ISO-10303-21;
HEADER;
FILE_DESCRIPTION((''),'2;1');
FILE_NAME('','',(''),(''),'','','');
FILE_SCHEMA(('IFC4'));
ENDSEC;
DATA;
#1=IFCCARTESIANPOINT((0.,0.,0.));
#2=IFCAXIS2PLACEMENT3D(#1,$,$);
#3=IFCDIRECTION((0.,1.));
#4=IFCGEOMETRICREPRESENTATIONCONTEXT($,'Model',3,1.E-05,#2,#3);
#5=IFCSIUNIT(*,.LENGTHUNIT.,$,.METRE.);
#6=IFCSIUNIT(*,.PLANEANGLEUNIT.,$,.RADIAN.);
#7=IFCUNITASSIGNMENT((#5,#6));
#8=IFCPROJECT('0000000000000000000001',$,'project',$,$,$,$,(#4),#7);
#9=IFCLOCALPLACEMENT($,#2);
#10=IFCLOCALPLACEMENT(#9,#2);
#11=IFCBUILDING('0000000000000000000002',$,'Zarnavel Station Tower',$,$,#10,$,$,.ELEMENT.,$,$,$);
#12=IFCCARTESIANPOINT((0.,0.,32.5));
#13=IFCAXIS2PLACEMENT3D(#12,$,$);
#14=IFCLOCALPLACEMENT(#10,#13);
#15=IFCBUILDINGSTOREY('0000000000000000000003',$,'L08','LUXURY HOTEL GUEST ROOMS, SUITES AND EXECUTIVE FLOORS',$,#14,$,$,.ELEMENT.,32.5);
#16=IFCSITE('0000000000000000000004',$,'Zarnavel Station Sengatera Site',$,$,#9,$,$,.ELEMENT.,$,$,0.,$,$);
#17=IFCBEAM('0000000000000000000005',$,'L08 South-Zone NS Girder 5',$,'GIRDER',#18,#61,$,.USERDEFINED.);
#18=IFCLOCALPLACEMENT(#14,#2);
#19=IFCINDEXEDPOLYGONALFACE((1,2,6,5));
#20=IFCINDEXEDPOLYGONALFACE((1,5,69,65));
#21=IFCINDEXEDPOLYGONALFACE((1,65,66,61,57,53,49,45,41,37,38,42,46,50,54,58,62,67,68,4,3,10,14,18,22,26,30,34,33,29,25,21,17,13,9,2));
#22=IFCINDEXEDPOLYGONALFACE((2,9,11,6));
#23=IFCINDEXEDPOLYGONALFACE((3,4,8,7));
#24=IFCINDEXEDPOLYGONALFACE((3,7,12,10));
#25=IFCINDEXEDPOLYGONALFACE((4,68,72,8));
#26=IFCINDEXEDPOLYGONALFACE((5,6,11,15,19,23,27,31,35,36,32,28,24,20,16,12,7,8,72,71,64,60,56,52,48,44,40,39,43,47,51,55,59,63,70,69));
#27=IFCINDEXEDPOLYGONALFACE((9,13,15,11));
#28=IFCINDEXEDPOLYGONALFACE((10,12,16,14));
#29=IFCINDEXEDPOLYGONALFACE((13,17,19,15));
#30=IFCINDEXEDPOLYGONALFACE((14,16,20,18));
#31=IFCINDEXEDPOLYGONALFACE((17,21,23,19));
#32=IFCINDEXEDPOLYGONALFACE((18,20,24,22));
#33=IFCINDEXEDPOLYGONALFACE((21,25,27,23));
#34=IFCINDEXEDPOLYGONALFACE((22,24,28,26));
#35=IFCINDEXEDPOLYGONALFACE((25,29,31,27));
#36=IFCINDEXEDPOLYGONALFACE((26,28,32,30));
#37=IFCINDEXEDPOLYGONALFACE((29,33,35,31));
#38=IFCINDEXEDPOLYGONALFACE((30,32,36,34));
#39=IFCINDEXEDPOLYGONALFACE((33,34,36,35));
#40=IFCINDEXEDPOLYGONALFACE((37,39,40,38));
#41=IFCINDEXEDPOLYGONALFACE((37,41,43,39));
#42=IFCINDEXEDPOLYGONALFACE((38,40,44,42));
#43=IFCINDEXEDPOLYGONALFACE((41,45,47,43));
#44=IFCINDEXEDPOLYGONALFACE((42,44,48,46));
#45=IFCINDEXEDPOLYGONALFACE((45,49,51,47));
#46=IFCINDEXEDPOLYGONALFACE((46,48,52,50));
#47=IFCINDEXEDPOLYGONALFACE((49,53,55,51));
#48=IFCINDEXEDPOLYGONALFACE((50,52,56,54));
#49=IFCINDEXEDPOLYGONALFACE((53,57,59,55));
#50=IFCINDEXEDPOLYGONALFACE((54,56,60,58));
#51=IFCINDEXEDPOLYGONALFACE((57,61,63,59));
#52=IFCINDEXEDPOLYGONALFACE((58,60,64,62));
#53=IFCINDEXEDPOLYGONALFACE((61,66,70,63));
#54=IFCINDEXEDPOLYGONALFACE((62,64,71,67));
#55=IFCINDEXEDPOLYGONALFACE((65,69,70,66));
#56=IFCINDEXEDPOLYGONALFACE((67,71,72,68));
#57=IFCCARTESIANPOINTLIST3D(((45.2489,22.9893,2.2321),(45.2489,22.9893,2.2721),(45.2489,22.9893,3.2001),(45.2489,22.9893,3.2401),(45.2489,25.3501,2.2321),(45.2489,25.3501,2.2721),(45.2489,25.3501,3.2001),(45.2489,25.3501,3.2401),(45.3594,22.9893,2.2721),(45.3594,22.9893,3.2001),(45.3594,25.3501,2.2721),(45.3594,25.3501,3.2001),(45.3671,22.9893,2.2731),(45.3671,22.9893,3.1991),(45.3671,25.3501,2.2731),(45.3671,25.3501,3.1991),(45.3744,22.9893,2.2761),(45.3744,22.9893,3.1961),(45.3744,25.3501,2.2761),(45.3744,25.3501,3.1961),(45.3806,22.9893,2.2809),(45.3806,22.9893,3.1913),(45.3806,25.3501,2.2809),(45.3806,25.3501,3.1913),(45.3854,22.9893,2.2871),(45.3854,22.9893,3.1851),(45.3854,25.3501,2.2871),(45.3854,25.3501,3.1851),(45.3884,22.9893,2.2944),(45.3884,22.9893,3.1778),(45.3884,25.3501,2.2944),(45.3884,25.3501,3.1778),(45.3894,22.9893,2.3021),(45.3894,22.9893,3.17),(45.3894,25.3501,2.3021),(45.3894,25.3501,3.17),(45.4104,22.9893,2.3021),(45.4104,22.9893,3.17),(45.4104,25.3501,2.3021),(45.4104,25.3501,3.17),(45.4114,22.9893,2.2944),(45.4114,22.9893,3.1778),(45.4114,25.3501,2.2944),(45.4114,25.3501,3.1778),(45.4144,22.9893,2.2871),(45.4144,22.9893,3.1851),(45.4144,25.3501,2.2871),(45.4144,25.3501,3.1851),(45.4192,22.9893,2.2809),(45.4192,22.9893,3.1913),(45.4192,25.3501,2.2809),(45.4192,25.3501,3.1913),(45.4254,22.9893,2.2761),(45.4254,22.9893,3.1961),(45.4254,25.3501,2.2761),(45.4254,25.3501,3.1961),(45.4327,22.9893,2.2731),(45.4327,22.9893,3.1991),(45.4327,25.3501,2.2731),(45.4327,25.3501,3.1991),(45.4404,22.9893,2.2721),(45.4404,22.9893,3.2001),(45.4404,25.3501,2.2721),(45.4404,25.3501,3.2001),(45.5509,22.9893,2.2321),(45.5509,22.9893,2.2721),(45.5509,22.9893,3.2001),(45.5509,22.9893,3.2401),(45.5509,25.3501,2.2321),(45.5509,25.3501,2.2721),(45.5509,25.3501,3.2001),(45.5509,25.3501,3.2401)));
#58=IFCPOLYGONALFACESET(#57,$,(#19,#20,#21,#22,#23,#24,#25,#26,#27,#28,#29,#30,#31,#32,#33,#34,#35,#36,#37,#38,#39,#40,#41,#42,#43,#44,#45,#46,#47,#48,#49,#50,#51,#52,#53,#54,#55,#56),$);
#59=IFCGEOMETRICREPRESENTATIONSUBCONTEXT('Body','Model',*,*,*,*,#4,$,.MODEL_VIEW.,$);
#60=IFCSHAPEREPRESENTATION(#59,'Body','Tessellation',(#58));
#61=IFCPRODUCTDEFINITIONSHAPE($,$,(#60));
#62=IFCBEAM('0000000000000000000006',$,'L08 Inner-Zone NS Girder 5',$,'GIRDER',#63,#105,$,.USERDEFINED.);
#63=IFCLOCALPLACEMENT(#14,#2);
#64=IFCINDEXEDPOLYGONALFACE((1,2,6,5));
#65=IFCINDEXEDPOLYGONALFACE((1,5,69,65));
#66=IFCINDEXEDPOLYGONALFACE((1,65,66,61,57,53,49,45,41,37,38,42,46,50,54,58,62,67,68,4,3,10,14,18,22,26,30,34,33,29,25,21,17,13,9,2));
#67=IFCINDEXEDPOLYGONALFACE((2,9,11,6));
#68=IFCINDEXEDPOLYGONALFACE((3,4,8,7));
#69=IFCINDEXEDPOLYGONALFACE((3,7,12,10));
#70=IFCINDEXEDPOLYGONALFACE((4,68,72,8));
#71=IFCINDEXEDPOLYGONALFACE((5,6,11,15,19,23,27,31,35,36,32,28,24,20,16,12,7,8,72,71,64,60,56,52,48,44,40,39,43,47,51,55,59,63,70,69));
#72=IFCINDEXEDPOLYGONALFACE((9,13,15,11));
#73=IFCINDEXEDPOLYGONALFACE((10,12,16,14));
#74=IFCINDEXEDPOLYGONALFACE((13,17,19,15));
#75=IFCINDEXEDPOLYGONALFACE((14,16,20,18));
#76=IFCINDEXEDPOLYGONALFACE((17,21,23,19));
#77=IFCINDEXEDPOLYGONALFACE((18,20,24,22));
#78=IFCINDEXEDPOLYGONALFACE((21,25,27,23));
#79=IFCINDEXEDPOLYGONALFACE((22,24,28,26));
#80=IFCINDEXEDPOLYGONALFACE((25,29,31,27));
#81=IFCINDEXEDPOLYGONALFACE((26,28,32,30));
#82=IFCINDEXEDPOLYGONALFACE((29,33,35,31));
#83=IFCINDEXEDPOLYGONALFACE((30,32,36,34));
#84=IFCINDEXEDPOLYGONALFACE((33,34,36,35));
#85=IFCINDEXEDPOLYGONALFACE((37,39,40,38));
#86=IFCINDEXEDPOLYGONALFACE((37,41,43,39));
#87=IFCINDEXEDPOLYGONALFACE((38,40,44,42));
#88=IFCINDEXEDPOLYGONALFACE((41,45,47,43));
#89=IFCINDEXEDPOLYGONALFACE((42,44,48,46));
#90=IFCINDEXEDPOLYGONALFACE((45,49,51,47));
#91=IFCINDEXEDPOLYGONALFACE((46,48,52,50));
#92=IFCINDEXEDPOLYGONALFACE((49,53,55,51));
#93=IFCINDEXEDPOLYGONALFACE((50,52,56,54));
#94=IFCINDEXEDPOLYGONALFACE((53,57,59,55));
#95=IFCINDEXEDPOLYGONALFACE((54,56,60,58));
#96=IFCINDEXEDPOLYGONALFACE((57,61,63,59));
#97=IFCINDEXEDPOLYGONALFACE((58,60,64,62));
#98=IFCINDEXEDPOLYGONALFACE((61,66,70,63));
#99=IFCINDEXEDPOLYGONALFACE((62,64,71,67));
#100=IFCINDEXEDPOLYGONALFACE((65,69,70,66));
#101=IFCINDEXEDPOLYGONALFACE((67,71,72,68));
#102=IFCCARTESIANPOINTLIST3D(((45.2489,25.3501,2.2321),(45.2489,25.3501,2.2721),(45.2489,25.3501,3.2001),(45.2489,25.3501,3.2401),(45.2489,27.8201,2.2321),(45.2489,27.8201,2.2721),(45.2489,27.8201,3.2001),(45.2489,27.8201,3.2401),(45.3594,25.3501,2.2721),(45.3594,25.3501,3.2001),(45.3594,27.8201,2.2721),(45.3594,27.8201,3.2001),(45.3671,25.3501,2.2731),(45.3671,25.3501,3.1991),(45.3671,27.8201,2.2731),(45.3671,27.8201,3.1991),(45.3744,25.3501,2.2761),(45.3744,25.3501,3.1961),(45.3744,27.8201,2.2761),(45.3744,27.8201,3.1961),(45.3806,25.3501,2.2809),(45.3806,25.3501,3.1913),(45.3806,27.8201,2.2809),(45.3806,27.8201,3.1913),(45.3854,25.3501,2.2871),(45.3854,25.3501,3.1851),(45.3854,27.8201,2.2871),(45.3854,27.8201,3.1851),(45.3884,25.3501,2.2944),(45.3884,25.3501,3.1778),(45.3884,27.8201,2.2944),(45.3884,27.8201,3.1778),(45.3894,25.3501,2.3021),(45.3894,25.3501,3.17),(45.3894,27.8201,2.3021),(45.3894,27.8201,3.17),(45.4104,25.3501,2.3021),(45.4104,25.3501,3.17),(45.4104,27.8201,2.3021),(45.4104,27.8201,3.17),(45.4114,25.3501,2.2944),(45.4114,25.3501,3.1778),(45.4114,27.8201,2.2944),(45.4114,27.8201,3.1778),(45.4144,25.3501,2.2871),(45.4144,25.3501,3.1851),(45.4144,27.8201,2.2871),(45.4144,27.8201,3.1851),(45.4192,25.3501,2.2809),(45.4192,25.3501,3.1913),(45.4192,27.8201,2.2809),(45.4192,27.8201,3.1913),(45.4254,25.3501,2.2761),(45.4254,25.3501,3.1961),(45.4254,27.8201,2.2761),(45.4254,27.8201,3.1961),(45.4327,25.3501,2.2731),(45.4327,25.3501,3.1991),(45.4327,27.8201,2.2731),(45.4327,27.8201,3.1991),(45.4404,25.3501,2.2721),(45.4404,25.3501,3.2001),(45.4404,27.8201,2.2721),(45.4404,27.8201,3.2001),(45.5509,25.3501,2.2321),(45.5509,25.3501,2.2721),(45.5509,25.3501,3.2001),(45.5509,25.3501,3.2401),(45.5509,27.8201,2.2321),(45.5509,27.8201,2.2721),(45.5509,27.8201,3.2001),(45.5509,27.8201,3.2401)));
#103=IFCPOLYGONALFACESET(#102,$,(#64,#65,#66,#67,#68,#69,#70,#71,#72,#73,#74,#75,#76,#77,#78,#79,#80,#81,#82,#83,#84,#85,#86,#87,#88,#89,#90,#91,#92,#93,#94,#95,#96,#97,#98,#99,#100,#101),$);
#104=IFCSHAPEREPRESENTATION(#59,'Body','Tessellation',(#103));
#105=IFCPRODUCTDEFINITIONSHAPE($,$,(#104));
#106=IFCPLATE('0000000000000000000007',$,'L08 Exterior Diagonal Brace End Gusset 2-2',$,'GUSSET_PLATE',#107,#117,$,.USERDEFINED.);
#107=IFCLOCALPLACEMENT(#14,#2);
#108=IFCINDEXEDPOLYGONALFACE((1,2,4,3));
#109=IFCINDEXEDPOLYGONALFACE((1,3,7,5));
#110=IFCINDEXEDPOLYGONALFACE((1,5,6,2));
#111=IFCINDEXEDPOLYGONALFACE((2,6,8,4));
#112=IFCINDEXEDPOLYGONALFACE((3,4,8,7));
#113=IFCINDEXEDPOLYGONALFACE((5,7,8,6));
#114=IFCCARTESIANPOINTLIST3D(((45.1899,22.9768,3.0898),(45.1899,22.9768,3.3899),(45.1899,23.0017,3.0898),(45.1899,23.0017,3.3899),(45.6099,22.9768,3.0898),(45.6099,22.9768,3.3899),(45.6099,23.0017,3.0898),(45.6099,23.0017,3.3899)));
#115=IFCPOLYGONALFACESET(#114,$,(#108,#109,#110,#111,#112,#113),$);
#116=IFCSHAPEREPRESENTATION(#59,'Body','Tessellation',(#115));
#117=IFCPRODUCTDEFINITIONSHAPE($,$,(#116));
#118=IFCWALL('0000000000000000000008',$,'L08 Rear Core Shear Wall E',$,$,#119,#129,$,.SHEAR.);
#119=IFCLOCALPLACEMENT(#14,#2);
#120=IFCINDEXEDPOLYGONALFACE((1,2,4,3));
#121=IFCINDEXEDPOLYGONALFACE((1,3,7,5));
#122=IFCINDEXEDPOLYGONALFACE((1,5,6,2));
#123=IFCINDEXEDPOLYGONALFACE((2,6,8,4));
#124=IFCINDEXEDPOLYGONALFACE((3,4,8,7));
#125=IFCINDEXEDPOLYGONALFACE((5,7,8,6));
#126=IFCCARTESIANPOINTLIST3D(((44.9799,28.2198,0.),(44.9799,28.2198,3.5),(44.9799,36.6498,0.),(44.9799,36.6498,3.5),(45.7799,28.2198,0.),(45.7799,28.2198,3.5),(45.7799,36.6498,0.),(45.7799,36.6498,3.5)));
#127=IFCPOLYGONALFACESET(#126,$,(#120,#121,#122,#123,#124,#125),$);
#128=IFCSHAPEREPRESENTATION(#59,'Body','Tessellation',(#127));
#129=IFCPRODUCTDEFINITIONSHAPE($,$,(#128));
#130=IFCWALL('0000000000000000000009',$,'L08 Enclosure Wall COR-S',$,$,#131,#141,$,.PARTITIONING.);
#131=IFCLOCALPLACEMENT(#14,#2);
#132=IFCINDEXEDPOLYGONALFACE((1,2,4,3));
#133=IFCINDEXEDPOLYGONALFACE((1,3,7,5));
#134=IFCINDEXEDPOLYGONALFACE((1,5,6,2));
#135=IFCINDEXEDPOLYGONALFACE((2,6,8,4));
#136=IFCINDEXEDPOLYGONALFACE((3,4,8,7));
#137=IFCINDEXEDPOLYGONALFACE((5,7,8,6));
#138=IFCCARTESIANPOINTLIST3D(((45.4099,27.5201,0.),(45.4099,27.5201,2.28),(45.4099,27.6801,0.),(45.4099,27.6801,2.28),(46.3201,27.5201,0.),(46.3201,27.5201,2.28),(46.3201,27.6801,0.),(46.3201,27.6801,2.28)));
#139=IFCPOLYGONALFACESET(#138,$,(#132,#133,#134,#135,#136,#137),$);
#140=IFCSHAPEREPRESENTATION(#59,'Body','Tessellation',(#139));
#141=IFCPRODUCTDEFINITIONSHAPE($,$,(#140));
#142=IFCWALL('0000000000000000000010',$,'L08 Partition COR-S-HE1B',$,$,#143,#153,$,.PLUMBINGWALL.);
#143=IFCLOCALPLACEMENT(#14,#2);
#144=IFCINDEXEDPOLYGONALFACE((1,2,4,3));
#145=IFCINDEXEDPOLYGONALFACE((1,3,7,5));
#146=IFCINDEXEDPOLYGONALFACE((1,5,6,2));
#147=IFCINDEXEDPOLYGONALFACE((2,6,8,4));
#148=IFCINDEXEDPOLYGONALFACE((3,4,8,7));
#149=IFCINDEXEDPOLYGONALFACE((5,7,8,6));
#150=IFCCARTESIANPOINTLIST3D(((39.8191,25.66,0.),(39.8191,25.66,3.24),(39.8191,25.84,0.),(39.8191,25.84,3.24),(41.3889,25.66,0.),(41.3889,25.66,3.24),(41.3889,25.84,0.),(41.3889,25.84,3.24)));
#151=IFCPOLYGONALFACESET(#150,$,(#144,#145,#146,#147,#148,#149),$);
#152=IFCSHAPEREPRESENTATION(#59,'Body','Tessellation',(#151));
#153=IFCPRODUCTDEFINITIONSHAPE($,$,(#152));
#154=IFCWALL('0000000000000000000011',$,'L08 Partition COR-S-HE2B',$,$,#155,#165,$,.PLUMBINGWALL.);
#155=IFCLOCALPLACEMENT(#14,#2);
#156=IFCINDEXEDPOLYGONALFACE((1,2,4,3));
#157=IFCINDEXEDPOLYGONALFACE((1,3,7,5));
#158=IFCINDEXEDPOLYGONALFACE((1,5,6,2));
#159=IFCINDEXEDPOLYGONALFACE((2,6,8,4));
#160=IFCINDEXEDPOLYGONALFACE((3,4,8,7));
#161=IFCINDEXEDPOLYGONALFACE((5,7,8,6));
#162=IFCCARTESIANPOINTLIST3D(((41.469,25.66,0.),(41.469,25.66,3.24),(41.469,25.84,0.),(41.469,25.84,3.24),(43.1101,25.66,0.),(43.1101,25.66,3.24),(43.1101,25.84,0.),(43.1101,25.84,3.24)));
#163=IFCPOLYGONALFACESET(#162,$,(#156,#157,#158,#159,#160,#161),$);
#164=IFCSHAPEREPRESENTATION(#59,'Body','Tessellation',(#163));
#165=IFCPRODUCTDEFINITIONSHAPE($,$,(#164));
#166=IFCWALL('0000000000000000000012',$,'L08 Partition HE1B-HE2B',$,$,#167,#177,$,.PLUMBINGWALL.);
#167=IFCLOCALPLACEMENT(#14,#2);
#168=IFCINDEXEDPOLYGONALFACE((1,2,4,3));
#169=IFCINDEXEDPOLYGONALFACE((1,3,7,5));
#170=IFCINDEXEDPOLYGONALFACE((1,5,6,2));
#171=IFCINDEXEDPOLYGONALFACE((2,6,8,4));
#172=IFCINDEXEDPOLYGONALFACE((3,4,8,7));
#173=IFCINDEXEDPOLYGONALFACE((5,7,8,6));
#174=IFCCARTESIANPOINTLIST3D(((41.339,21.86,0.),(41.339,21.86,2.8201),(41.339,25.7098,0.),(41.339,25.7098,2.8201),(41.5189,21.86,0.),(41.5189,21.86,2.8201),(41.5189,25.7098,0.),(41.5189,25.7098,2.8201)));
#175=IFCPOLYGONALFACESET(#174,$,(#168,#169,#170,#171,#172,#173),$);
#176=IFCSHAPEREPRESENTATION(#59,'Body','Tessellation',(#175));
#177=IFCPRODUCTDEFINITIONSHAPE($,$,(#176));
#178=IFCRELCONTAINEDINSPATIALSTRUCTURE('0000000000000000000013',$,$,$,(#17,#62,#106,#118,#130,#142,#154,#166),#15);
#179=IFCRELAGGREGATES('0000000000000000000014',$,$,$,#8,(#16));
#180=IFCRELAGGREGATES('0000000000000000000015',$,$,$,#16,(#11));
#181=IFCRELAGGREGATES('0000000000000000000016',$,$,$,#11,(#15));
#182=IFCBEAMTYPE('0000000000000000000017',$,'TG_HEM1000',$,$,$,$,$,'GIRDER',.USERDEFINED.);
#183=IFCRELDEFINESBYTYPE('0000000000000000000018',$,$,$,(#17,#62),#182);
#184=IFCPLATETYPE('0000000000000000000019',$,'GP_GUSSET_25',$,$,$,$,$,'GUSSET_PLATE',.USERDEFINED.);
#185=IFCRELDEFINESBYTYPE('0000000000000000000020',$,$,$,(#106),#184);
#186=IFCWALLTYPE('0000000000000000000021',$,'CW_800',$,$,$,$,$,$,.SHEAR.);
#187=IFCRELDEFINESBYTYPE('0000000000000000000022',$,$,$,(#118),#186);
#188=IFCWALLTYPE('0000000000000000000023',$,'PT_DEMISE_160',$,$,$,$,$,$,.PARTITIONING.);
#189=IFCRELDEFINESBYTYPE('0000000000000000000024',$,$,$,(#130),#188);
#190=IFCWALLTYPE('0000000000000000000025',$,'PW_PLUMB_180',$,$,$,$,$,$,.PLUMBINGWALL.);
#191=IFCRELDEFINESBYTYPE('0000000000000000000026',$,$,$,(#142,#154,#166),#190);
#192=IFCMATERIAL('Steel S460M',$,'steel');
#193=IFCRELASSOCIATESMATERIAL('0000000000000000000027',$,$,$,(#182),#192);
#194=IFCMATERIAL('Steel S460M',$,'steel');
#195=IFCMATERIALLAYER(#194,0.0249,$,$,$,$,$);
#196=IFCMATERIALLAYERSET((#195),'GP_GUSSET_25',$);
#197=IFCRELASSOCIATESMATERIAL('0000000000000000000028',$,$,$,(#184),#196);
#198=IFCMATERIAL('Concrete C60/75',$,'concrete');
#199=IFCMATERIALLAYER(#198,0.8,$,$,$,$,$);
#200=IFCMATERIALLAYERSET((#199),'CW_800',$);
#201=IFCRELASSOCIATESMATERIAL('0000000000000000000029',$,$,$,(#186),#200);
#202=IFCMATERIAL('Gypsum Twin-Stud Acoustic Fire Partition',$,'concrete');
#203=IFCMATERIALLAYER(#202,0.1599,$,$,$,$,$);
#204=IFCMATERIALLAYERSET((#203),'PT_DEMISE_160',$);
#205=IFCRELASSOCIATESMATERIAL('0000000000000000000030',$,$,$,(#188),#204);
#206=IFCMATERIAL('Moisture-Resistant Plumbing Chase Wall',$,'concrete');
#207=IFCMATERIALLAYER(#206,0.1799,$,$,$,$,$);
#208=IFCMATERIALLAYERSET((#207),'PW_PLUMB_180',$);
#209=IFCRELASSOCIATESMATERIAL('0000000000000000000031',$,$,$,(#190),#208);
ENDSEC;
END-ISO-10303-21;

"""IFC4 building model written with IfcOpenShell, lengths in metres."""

from ifc_helpers import new_model, si_unit, direction, frame, frame_2d, origin, origin_2d, place, context, subcontext, project, spatial, rectangle, i_section, extrude, material, layer, layer_set, material_profile, profile_set, type_object, element, save


model = new_model("IFC4")

# Units and contexts
model_context = context("Model", 3, precision=1e-05, world=origin(), true_north=direction((0.0, 1.0)))
body_context = subcontext(model_context, "Body", "Model", "MODEL_VIEW")
ifc_project = project(units=[si_unit("LENGTHUNIT", "METRE"), si_unit("PLANEANGLEUNIT", "RADIAN")], contexts=[model_context])

# Site, building, storey
site_placement = place(None, origin())
site = spatial("IfcSite", under=ifc_project, at=site_placement, Name="Zarnavel Station Sengatera Site", CompositionType="ELEMENT", RefElevation=0.0)
building_placement = place(site_placement, origin())
building = spatial("IfcBuilding", under=site, at=building_placement, Name="Zarnavel Station Tower", CompositionType="ELEMENT")
storey_placement = place(building_placement, frame((0.0, 0.0, 32.5)))
storey = spatial("IfcBuildingStorey", under=building, at=storey_placement, Name="L08", Description="LUXURY HOTEL GUEST ROOMS, SUITES AND EXECUTIVE FLOORS", CompositionType="ELEMENT", Elevation=32.5)

# Beams
ifc_material_1 = material(Name="Steel S460M", Category="steel")
ifc_material_profile_1 = material_profile(ifc_material_1, i_section(OverallWidth=0.302, OverallDepth=1.0081, WebThickness=0.021, FlangeThickness=0.04, FilletRadius=0.03, at=origin_2d()), Name="HEM1000")
ifc_profile_set_1 = profile_set([ifc_material_profile_1], Name="Steel S460M")
beam_type_1 = type_object("IfcBeamType", Name="TG_HEM1000", ElementType="GIRDER", PredefinedType="USERDEFINED", material=ifc_profile_set_1)
beam_1_placement = place(storey_placement, frame((45.3999, 22.9893, 2.7361), z_axis=(0.0, 1.0, 0.0), x_axis=(-1.0, 0.0, 0.0)))
element("IfcBeam", 1, at=beam_1_placement, inside=storey, type_object=beam_type_1, Name="L08 South-Zone NS Girder 5", ObjectType="GIRDER", PredefinedType="USERDEFINED", context=body_context, shape_type="SweptSolid", body=[
    extrude(i_section(OverallWidth=0.302, OverallDepth=1.0081, WebThickness=0.021, FlangeThickness=0.04, FilletRadius=0.03, at=origin_2d()), origin(), (0.0, 0.0, 1.0), 2.3608),
])
beam_2_placement = place(storey_placement, frame((45.3999, 25.3501, 2.7361), z_axis=(0.0, 1.0, 0.0), x_axis=(-1.0, 0.0, 0.0)))
element("IfcBeam", 2, at=beam_2_placement, inside=storey, type_object=beam_type_1, Name="L08 Inner-Zone NS Girder 5", ObjectType="GIRDER", PredefinedType="USERDEFINED", context=body_context, shape_type="SweptSolid", body=[
    extrude(i_section(OverallWidth=0.302, OverallDepth=1.0081, WebThickness=0.021, FlangeThickness=0.04, FilletRadius=0.03, at=origin_2d()), origin(), (0.0, 0.0, 1.0), 2.47),
])

# Plate
ifc_material_2 = material(Name="Steel S460M", Category="steel")
ifc_layer_1 = layer(ifc_material_2, 0.0249)
ifc_layer_set_1 = layer_set([ifc_layer_1], Name="GP_GUSSET_25")
plate_type = type_object("IfcPlateType", Name="GP_GUSSET_25", ElementType="GUSSET_PLATE", PredefinedType="USERDEFINED", material=ifc_layer_set_1)
plate_placement = place(storey_placement, frame((45.3999, 22.9893, 3.0898), z_axis=(0.0, 0.0, 1.0), x_axis=(1.0, 0.0, 0.0)))
element("IfcPlate", 3, at=plate_placement, inside=storey, type_object=plate_type, Name="L08 Exterior Diagonal Brace End Gusset 2-2", ObjectType="GUSSET_PLATE", PredefinedType="USERDEFINED", context=body_context, shape_type="SweptSolid", body=[
    extrude(rectangle(XDim=0.4199, YDim=0.0249, at=origin_2d()), origin(), (0.0, 0.0, 1.0), 0.3),
])

# Shared definitions
ifc_material_3 = material(Name="Concrete C60/75", Category="concrete")
ifc_layer_2 = layer(ifc_material_3, 0.8)
ifc_layer_set_2 = layer_set([ifc_layer_2], Name="CW_800")
wall_type_1 = type_object("IfcWallType", Name="CW_800", PredefinedType="SHEAR", material=ifc_layer_set_2)

# Wall
wall_1_placement = place(storey_placement, frame((45.3799, 28.22, 0.0), z_axis=(0.0, 0.0, 1.0), x_axis=(0.0, 1.0, 0.0)))
element("IfcWall", 4, at=wall_1_placement, inside=storey, type_object=wall_type_1, Name="L08 Rear Core Shear Wall E", PredefinedType="SHEAR", context=body_context, shape_type="SweptSolid", body=[
    extrude(rectangle(XDim=8.4299, YDim=0.8, at=frame_2d((4.2148, 0.0))), origin(), (0.0, 0.0, 1.0), 3.5),
])

# Shared definitions
ifc_material_4 = material(Name="Gypsum Twin-Stud Acoustic Fire Partition", Category="concrete")
ifc_layer_3 = layer(ifc_material_4, 0.1599)
ifc_layer_set_3 = layer_set([ifc_layer_3], Name="PT_DEMISE_160")
wall_type_2 = type_object("IfcWallType", Name="PT_DEMISE_160", PredefinedType="PARTITIONING", material=ifc_layer_set_3)

# Walls
wall_2_placement = place(storey_placement, frame((45.4099, 27.6001, 0.0), z_axis=(0.0, 0.0, 1.0), x_axis=(1.0, 0.0, 0.0)))
element("IfcWall", 5, at=wall_2_placement, inside=storey, type_object=wall_type_2, Name="L08 Enclosure Wall COR-S", PredefinedType="PARTITIONING", context=body_context, shape_type="SweptSolid", body=[
    extrude(rectangle(XDim=0.9102, YDim=0.1599, at=frame_2d((0.4551, 0.0))), origin(), (0.0, 0.0, 1.0), 2.28),
])
ifc_material_5 = material(Name="Moisture-Resistant Plumbing Chase Wall", Category="concrete")
ifc_layer_4 = layer(ifc_material_5, 0.1799)
ifc_layer_set_4 = layer_set([ifc_layer_4], Name="PW_PLUMB_180")
wall_type_3 = type_object("IfcWallType", Name="PW_PLUMB_180", PredefinedType="PLUMBINGWALL", material=ifc_layer_set_4)
wall_3_placement = place(storey_placement, frame((39.8191, 25.75, 0.0), z_axis=(0.0, 0.0, 1.0), x_axis=(1.0, 0.0, 0.0)))
element("IfcWall", 6, at=wall_3_placement, inside=storey, type_object=wall_type_3, Name="L08 Partition COR-S-HE1B", PredefinedType="PLUMBINGWALL", context=body_context, shape_type="SweptSolid", body=[
    extrude(rectangle(XDim=1.5698, YDim=0.1799, at=frame_2d((0.7849, 0.0))), origin(), (0.0, 0.0, 1.0), 3.24),
])
wall_4_placement = place(storey_placement, frame((41.469, 25.75, 0.0), z_axis=(0.0, 0.0, 1.0), x_axis=(1.0, 0.0, 0.0)))
element("IfcWall", 7, at=wall_4_placement, inside=storey, type_object=wall_type_3, Name="L08 Partition COR-S-HE2B", PredefinedType="PLUMBINGWALL", context=body_context, shape_type="SweptSolid", body=[
    extrude(rectangle(XDim=1.6411, YDim=0.1799, at=frame_2d((0.8206, 0.0))), origin(), (0.0, 0.0, 1.0), 3.24),
])
wall_5_placement = place(storey_placement, frame((41.429, 21.8601, 0.0), z_axis=(0.0, 0.0, 1.0), x_axis=(0.0, 1.0, 0.0)))
element("IfcWall", 8, at=wall_5_placement, inside=storey, type_object=wall_type_3, Name="L08 Partition HE1B-HE2B", PredefinedType="PLUMBINGWALL", context=body_context, shape_type="SweptSolid", body=[
    extrude(rectangle(XDim=3.8499, YDim=0.1799, at=frame_2d((1.9248, 0.0))), origin(), (0.0, 0.0, 1.0), 2.8201),
])

save(model, "model.ifc")
